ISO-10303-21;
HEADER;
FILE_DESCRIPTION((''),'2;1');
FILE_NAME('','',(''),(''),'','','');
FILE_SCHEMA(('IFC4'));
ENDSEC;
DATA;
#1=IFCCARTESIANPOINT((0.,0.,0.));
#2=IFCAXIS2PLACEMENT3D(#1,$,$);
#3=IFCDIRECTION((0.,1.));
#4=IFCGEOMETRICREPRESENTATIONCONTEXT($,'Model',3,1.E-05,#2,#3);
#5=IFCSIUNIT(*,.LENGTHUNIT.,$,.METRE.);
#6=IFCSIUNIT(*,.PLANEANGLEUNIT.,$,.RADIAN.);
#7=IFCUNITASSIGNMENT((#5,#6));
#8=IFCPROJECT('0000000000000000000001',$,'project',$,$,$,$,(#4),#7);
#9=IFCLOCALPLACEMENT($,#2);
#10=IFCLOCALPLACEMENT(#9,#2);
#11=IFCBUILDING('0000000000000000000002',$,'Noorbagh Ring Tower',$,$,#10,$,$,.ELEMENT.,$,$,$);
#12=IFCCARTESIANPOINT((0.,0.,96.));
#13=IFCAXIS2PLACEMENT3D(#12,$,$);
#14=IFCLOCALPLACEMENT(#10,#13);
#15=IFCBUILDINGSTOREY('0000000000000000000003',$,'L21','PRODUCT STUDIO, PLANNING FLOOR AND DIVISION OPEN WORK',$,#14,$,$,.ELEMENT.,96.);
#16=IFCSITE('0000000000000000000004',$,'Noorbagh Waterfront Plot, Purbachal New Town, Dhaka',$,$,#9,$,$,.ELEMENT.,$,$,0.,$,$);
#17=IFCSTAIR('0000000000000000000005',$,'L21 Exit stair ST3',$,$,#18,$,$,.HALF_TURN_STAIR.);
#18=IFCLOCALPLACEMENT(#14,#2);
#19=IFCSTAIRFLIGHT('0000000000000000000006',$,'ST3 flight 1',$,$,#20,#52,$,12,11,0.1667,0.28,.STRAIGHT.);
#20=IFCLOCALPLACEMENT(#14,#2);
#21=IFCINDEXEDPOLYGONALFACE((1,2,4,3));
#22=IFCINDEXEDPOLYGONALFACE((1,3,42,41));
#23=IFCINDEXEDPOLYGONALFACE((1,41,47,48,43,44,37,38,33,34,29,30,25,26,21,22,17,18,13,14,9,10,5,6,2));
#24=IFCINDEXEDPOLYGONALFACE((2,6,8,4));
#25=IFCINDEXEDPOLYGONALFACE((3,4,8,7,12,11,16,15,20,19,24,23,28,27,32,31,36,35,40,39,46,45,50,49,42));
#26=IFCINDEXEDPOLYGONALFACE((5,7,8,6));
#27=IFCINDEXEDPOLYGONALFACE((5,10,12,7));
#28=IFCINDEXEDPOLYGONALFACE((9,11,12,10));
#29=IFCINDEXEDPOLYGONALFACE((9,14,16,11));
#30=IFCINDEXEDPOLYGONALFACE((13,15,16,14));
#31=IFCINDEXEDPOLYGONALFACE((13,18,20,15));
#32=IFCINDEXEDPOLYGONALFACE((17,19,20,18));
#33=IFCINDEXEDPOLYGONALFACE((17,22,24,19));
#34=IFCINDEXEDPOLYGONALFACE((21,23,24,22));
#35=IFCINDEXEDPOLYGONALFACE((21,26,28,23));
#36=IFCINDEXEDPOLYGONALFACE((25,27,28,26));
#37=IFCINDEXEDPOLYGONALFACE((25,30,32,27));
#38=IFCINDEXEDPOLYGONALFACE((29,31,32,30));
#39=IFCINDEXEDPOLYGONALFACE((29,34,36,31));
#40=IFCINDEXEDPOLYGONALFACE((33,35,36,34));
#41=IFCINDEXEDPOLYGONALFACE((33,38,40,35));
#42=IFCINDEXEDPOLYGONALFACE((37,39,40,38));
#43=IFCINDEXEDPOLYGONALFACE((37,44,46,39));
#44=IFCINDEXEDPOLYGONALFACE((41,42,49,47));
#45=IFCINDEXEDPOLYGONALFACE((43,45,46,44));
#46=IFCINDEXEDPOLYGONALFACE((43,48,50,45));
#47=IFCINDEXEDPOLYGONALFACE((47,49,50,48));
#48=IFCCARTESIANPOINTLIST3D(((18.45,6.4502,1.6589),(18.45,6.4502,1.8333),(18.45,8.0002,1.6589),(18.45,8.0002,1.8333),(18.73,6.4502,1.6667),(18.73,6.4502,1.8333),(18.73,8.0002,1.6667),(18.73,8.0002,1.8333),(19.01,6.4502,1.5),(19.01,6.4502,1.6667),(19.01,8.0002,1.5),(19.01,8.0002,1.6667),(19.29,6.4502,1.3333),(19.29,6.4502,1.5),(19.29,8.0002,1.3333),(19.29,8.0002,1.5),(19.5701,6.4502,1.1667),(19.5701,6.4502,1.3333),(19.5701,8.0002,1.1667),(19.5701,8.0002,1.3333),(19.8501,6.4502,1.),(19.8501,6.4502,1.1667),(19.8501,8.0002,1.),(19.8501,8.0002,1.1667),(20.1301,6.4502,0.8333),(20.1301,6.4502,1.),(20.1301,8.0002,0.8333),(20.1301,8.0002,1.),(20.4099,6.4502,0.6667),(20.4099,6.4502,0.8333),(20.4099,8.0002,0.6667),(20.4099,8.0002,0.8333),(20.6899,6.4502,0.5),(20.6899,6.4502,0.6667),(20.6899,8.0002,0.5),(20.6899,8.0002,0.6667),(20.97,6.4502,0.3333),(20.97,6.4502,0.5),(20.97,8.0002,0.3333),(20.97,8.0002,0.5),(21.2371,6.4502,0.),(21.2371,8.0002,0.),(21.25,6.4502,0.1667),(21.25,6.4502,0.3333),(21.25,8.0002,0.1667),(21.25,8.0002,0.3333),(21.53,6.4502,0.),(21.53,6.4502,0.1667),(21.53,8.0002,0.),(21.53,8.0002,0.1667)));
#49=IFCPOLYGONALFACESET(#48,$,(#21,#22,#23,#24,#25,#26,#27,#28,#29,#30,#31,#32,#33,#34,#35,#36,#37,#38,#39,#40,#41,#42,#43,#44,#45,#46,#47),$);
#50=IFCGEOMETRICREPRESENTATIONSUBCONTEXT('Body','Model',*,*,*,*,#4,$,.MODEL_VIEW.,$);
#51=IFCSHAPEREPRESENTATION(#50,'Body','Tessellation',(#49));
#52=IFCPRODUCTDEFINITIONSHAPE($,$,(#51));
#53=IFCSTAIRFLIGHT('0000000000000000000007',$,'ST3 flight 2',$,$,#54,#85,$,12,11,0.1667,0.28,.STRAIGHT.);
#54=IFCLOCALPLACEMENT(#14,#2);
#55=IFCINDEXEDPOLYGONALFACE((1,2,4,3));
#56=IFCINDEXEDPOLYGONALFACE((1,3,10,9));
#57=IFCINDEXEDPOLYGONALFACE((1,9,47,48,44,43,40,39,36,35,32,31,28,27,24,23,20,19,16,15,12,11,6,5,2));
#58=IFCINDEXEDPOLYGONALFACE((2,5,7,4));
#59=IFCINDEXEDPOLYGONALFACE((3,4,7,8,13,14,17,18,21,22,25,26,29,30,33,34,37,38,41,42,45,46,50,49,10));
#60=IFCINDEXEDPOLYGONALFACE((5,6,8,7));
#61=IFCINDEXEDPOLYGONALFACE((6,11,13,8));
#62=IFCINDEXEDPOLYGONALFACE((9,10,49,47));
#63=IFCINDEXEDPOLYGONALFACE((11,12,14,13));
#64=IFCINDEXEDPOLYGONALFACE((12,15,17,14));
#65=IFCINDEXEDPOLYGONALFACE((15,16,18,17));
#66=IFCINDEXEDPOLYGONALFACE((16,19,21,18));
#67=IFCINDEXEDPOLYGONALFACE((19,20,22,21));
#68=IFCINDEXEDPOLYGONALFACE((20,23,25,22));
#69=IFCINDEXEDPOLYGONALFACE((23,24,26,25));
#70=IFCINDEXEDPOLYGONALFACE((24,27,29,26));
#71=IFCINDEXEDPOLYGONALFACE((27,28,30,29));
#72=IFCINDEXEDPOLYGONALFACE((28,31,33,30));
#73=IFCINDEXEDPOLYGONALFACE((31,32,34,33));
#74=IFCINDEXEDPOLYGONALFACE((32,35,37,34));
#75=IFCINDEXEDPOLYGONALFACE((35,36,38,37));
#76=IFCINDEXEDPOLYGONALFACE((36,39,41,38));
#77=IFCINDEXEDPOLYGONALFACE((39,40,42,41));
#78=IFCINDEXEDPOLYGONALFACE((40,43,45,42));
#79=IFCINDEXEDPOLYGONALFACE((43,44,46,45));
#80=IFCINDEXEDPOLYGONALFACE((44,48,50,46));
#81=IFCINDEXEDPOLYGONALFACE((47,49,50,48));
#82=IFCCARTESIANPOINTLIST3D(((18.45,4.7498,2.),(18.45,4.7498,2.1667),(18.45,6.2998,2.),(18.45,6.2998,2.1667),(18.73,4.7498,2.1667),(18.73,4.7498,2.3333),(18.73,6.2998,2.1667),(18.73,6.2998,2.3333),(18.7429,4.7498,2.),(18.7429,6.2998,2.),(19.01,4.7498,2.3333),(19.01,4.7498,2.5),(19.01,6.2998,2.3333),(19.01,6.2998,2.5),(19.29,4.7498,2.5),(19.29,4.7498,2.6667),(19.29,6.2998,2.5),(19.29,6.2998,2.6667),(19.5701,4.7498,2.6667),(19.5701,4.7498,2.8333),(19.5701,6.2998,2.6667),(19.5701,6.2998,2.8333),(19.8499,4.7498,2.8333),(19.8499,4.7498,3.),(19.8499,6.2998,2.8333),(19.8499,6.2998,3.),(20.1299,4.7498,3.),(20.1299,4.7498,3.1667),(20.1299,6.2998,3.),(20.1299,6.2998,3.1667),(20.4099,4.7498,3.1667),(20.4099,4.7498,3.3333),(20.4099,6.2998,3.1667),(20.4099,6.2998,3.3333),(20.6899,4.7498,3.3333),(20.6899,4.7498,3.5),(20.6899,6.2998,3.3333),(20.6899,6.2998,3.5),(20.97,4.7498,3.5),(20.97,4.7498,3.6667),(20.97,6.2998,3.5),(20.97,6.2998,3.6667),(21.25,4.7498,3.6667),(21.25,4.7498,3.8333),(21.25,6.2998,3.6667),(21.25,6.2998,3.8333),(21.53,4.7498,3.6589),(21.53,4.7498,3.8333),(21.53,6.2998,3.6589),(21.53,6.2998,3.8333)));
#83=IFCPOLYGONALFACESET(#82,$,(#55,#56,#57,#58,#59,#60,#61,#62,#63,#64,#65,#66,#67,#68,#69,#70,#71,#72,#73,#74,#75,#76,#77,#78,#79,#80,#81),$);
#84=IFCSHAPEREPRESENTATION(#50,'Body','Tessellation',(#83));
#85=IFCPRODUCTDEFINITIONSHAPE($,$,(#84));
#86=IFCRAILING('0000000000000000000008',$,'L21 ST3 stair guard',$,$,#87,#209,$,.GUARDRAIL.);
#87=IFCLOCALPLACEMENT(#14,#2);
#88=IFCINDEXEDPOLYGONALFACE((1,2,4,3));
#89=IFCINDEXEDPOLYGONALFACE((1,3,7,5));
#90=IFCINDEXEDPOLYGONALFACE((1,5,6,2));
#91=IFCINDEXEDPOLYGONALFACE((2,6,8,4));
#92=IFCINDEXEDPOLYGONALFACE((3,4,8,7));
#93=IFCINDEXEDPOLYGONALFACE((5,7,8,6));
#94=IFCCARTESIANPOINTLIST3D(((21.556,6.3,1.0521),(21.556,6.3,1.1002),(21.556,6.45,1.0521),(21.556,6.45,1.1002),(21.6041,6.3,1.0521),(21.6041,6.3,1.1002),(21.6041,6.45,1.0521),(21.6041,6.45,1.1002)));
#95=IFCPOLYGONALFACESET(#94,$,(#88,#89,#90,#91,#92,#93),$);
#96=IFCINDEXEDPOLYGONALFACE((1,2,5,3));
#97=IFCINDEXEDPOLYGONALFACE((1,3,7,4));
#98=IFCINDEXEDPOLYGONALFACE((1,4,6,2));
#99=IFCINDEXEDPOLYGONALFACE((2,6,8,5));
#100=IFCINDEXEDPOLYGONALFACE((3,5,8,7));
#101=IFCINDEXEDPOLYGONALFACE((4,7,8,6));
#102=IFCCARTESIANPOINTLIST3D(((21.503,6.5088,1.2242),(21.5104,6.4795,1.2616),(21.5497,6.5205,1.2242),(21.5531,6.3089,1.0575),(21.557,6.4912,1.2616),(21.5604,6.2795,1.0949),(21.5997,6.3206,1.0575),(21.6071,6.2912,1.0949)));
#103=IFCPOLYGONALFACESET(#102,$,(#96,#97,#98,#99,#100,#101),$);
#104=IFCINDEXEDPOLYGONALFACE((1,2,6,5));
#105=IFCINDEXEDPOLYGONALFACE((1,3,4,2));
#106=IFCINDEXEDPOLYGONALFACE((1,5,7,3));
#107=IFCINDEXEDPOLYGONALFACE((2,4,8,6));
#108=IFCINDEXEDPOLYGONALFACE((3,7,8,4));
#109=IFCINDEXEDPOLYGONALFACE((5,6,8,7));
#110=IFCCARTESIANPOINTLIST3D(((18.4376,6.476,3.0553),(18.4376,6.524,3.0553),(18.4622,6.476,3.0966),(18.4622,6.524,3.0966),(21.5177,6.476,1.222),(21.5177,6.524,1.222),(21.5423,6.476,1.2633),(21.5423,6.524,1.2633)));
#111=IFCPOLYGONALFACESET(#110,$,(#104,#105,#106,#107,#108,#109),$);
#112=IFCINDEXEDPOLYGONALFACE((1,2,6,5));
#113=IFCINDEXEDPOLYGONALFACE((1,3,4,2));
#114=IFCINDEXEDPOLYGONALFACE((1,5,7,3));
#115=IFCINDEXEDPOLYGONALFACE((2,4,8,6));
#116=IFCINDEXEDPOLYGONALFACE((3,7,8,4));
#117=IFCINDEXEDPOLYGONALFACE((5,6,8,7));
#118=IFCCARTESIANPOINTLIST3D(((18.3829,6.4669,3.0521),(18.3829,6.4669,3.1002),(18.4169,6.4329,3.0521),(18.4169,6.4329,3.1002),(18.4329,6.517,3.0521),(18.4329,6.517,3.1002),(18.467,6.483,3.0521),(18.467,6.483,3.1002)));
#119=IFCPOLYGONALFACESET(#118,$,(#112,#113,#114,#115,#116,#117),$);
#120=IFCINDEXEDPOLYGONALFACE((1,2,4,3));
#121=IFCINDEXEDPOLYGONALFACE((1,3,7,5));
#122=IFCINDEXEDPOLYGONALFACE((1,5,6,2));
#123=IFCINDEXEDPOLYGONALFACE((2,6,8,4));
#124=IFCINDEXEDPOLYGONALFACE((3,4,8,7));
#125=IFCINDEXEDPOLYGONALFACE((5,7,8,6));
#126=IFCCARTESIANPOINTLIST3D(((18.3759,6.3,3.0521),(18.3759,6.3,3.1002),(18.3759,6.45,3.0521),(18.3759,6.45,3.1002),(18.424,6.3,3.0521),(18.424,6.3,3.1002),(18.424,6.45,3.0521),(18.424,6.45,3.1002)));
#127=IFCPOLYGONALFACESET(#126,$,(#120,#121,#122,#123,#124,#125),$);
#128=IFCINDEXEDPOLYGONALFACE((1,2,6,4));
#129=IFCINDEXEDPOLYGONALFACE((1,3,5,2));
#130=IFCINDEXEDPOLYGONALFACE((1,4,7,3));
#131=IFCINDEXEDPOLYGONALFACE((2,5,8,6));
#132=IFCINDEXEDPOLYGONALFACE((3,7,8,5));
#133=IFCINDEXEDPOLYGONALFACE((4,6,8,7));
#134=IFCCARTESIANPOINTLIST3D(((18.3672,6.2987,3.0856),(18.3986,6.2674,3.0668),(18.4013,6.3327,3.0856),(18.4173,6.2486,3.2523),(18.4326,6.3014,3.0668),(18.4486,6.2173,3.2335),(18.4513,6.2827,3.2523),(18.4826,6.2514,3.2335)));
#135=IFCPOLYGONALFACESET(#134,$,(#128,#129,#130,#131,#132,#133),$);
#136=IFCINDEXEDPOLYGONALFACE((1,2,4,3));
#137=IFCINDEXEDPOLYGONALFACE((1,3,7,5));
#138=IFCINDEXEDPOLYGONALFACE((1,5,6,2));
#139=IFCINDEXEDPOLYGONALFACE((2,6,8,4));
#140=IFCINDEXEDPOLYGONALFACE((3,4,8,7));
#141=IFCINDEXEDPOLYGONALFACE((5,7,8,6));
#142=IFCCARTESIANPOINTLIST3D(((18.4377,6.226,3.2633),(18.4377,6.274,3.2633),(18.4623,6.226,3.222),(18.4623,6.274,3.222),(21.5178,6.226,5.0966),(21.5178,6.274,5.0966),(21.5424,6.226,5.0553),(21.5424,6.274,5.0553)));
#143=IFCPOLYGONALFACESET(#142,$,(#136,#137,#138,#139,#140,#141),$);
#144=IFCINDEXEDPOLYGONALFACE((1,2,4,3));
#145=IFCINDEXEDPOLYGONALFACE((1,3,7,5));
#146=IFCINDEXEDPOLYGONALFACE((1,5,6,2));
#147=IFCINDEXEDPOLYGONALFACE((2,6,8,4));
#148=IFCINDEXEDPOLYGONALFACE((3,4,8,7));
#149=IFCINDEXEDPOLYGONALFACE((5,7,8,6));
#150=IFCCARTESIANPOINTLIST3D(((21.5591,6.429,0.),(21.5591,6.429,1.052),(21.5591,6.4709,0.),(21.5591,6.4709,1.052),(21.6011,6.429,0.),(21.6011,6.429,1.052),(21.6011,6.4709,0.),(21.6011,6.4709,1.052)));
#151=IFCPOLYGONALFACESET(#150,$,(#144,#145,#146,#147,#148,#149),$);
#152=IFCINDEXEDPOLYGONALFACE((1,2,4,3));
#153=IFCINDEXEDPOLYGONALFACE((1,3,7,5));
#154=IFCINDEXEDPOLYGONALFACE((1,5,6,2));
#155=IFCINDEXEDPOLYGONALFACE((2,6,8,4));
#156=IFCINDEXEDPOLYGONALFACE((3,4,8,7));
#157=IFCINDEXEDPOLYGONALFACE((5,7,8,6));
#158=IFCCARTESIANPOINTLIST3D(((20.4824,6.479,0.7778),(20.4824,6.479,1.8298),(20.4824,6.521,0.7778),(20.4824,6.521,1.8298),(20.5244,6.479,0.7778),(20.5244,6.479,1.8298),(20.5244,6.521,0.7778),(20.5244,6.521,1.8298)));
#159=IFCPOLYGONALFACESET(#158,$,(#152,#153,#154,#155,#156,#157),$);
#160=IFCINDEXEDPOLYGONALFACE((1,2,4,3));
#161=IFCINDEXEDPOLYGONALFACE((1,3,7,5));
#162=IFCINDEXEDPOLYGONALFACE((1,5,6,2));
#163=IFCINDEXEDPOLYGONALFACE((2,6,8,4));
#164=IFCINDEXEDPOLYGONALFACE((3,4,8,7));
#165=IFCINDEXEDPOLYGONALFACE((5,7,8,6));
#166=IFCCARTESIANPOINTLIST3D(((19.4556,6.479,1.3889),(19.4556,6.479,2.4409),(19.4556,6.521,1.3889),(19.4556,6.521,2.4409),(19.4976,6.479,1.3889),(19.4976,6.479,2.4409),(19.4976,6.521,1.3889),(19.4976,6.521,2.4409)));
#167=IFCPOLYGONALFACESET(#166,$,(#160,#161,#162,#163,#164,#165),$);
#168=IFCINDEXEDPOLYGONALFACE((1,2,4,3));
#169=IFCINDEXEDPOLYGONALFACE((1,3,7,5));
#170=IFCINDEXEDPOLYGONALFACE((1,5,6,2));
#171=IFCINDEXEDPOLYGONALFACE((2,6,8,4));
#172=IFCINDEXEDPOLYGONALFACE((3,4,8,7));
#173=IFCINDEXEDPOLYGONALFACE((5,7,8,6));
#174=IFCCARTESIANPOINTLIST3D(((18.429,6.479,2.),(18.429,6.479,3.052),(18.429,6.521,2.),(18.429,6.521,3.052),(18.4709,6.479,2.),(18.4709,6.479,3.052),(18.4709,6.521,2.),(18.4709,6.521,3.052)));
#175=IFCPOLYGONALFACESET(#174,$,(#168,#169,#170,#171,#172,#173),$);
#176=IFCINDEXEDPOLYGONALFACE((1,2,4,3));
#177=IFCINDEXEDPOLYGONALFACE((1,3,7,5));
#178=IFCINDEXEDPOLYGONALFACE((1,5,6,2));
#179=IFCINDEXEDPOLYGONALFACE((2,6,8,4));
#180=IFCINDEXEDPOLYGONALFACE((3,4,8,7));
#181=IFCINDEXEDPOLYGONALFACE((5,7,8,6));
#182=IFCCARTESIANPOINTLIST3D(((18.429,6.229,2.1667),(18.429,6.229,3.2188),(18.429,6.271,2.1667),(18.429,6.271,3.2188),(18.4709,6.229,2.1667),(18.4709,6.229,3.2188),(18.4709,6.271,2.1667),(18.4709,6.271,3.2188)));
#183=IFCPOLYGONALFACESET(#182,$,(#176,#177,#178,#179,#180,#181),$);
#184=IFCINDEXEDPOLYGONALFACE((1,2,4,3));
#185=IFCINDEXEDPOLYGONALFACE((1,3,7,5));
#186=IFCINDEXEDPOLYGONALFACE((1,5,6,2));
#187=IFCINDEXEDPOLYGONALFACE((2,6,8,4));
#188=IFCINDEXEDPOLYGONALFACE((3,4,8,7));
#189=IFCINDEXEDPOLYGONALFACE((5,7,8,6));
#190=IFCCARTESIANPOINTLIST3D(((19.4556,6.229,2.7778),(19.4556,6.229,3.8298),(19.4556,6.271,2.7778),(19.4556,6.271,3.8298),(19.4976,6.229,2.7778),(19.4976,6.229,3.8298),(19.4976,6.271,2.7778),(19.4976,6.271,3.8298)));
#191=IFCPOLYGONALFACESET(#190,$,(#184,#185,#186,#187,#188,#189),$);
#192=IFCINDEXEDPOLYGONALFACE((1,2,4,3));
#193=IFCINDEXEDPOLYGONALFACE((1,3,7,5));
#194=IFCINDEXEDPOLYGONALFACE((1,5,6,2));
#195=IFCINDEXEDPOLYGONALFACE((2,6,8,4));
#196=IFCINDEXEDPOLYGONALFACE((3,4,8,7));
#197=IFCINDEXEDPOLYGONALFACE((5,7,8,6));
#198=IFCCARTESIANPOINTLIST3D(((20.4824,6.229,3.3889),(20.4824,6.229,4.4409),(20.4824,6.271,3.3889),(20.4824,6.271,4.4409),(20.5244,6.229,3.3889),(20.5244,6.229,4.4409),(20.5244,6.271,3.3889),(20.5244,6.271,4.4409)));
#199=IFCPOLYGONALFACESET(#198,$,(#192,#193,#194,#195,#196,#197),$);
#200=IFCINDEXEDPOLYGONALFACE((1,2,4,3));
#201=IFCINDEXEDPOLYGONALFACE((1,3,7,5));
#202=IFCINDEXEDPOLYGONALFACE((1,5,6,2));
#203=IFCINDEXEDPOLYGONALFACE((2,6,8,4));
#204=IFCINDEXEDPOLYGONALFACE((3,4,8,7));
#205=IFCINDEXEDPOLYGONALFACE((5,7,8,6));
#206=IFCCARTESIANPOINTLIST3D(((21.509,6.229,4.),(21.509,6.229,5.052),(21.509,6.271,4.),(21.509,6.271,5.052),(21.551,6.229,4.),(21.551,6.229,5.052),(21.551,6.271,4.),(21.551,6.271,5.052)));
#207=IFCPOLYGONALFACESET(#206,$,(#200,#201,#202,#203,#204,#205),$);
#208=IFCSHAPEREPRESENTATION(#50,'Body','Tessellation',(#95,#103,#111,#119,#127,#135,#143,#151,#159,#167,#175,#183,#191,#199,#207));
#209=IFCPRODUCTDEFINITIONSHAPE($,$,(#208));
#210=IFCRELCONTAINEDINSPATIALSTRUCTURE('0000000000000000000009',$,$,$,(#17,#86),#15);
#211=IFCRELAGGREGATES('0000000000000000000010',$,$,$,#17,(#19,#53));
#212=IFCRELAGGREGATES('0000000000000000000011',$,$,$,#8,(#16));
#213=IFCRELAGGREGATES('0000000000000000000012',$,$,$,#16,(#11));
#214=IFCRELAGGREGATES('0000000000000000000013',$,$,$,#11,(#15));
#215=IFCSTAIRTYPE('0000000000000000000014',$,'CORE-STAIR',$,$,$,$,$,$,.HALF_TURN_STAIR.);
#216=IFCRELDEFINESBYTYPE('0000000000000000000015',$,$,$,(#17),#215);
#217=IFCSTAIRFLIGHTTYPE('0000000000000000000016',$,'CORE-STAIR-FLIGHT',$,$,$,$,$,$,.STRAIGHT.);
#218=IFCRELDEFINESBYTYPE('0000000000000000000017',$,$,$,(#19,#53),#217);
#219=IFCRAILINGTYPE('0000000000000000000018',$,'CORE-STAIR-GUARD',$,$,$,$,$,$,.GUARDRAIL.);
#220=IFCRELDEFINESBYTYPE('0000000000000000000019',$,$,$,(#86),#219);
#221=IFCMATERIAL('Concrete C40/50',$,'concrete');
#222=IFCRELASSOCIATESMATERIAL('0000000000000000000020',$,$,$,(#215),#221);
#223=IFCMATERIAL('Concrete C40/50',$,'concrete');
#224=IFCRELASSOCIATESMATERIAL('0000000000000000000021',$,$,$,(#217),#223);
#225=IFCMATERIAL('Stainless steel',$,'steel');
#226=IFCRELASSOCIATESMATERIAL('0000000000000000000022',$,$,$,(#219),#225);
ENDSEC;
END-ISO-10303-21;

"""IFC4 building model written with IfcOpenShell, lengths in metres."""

from ifc_helpers import new_model, si_unit, direction, frame, origin, origin_2d, place, context, subcontext, project, spatial, polyline, rectangle, outline, extrude, material, type_object, element, aggregate, save


model = new_model("IFC4")

# Units and contexts
model_context = context("Model", 3, precision=1e-05, world=origin(), true_north=direction((0.0, 1.0)))
body_context = subcontext(model_context, "Body", "Model", "MODEL_VIEW")
ifc_project = project(units=[si_unit("LENGTHUNIT", "METRE"), si_unit("PLANEANGLEUNIT", "RADIAN")], contexts=[model_context])

# Site, building, storey
site_placement = place(None, origin())
site = spatial("IfcSite", under=ifc_project, at=site_placement, Name="Noorbagh Waterfront Plot, Purbachal New Town, Dhaka", CompositionType="ELEMENT", RefElevation=0.0)
building_placement = place(site_placement, origin())
building = spatial("IfcBuilding", under=site, at=building_placement, Name="Noorbagh Ring Tower", CompositionType="ELEMENT")
storey_placement = place(building_placement, frame((0.0, 0.0, 96.0)))
storey = spatial("IfcBuildingStorey", under=building, at=storey_placement, Name="L21", Description="PRODUCT STUDIO, PLANNING FLOOR AND DIVISION OPEN WORK", CompositionType="ELEMENT", Elevation=96.0)

# Stair, stair flights
ifc_material_1 = material(Name="Concrete C40/50", Category="concrete")
stair_type = type_object("IfcStairType", Name="CORE-STAIR", PredefinedType="HALF_TURN_STAIR", material=ifc_material_1)
stair_placement = place(storey_placement, origin())
stair = element("IfcStair", 1, at=stair_placement, inside=storey, type_object=stair_type, Name="L21 Exit stair ST3", PredefinedType="HALF_TURN_STAIR")
ifc_material_2 = material(Name="Concrete C40/50", Category="concrete")
stair_flight_type = type_object("IfcStairFlightType", Name="CORE-STAIR-FLIGHT", PredefinedType="STRAIGHT", material=ifc_material_2)
stair_flight_1_placement = place(storey_placement, frame((21.53, 7.2251, 0.0), z_axis=(0.0, 0.0, 1.0), x_axis=(-1.0, 0.0, 0.0)))
stair_flight_1 = element("IfcStairFlight", 2, at=stair_flight_1_placement, type_object=stair_flight_type, Name="ST3 flight 1", NumberOfRisers=12, NumberOfTreads=11, PredefinedType="STRAIGHT", RiserHeight=0.1667, TreadLength=0.28, context=body_context, shape_type="SweptSolid", body=[
    extrude(outline(polyline([(0.0, 0.0), (0.0, 0.1667), (0.28, 0.1667), (0.28, 0.3333), (0.5601, 0.3333), (0.5601, 0.5), (0.8401, 0.5), (0.8401, 0.6667), (1.1201, 0.6667), (1.1201, 0.8333), (1.3999, 0.8333), (1.3999, 1.0), (1.6799, 1.0), (1.6799, 1.1667), (1.96, 1.1667), (1.96, 1.3333), (2.24, 1.3333), (2.24, 1.5), (2.52, 1.5), (2.52, 1.6667), (2.8, 1.6667), (2.8, 1.8333), (3.0801, 1.8333), (3.0801, 2.0), (3.0801, 1.6589), (0.293, 0.0), (0.0, 0.0)])), frame((0.0, 0.7749, 0.0), z_axis=(0.0, -1.0, 0.0), x_axis=(1.0, 0.0, 0.0)), (0.0, 0.0, 1.0), 1.55),
])
stair_flight_2_placement = place(storey_placement, frame((18.45, 5.5249, 2.0), z_axis=(0.0, 0.0, 1.0), x_axis=(1.0, 0.0, 0.0)))
stair_flight_2 = element("IfcStairFlight", 3, at=stair_flight_2_placement, type_object=stair_flight_type, Name="ST3 flight 2", NumberOfRisers=12, NumberOfTreads=11, PredefinedType="STRAIGHT", RiserHeight=0.1667, TreadLength=0.28, context=body_context, shape_type="SweptSolid", body=[
    extrude(outline(polyline([(0.0, 0.0), (0.0, 0.1667), (0.28, 0.1667), (0.28, 0.3333), (0.5601, 0.3333), (0.5601, 0.5), (0.8401, 0.5), (0.8401, 0.6667), (1.1201, 0.6667), (1.1201, 0.8333), (1.3999, 0.8333), (1.3999, 1.0), (1.6799, 1.0), (1.6799, 1.1667), (1.96, 1.1667), (1.96, 1.3333), (2.24, 1.3333), (2.24, 1.5), (2.52, 1.5), (2.52, 1.6667), (2.8, 1.6667), (2.8, 1.8333), (3.0801, 1.8333), (3.0801, 2.0), (3.0801, 1.6589), (0.293, 0.0), (0.0, 0.0)])), frame((0.0, 0.7749, 0.0), z_axis=(0.0, -1.0, 0.0), x_axis=(1.0, 0.0, 0.0)), (0.0, 0.0, 1.0), 1.55),
])
aggregate(stair, [stair_flight_1, stair_flight_2])

# Railing
ifc_material_3 = material(Name="Stainless steel", Category="steel")
railing_type_1 = type_object("IfcRailingType", Name="CORE-STAIR-GUARD", PredefinedType="GUARDRAIL", material=ifc_material_3)
railing_1_placement = place(storey_placement, frame((21.5801, 6.45, 0.0)))
element("IfcRailing", 4, at=railing_1_placement, inside=storey, type_object=railing_type_1, Name="L21 ST3 stair guard", PredefinedType="GUARDRAIL", context=body_context, shape_type="SweptSolid", body=[
    extrude(rectangle(XDim=0.0481, YDim=0.0481, at=origin_2d()), frame((0.0, 0.0, 1.0762), z_axis=(0.0, -1.0, 0.0), x_axis=(1.0, 0.0, 0.0)), (0.0, 0.0, 1.0), 0.1499),
    extrude(rectangle(XDim=0.0481, YDim=0.0481, at=origin_2d()), frame((0.0, -0.1499, 1.0762), z_axis=(-0.188776, 0.754182, 0.628946), x_axis=(-0.970073, -0.242814, 0.0)), (0.0, 0.0, 1.0), 0.2651),
    extrude(rectangle(XDim=0.0481, YDim=0.0481, at=origin_2d()), frame((-0.05, 0.05, 1.2427), z_axis=(-0.859309, 0.0, 0.511458), x_axis=(0.0, -1.0, 0.0)), (0.0, 0.0, 1.0), 3.5845),
    extrude(rectangle(XDim=0.0481, YDim=0.0481, at=origin_2d()), frame((-3.1301, 0.05, 3.0762), z_axis=(-0.707107, -0.707107, 0.0), x_axis=(0.707107, -0.707107, 0.0)), (0.0, 0.0, 1.0), 0.0708),
    extrude(rectangle(XDim=0.0481, YDim=0.0481, at=origin_2d()), frame((-3.1802, 0.0, 3.0762), z_axis=(0.0, -1.0, 0.0), x_axis=(1.0, 0.0, 0.0)), (0.0, 0.0, 1.0), 0.1499),
    extrude(rectangle(XDim=0.0481, YDim=0.0481, at=origin_2d()), frame((-3.1802, -0.1499, 3.0762), z_axis=(0.276287, -0.276287, 0.920506), x_axis=(0.707107, 0.707107, 0.0)), (0.0, 0.0, 1.0), 0.1812),
    extrude(rectangle(XDim=0.0481, YDim=0.0481, at=origin_2d()), frame((-3.1301, -0.2, 3.2427), z_axis=(0.859309, 0.0, 0.511458), x_axis=(0.0, 1.0, 0.0)), (0.0, 0.0, 1.0), 3.5845),
    extrude(rectangle(XDim=0.042, YDim=0.042, at=origin_2d()), origin(), (0.0, 0.0, 1.0), 1.052),
    extrude(rectangle(XDim=0.042, YDim=0.042, at=origin_2d()), frame((-1.0767, 0.05, 0.7778)), (0.0, 0.0, 1.0), 1.052),
    extrude(rectangle(XDim=0.042, YDim=0.042, at=origin_2d()), frame((-2.1035, 0.05, 1.3889)), (0.0, 0.0, 1.0), 1.052),
    extrude(rectangle(XDim=0.042, YDim=0.042, at=origin_2d()), frame((-3.1301, 0.05, 2.0)), (0.0, 0.0, 1.0), 1.052),
    extrude(rectangle(XDim=0.042, YDim=0.042, at=origin_2d()), frame((-3.1301, -0.2, 2.1667)), (0.0, 0.0, 1.0), 1.052),
    extrude(rectangle(XDim=0.042, YDim=0.042, at=origin_2d()), frame((-2.1035, -0.2, 2.7778)), (0.0, 0.0, 1.0), 1.052),
    extrude(rectangle(XDim=0.042, YDim=0.042, at=origin_2d()), frame((-1.0767, -0.2, 3.3889)), (0.0, 0.0, 1.0), 1.052),
    extrude(rectangle(XDim=0.042, YDim=0.042, at=origin_2d()), frame((-0.05, -0.2, 4.0)), (0.0, 0.0, 1.0), 1.052),
])

save(model, "model.ifc")
